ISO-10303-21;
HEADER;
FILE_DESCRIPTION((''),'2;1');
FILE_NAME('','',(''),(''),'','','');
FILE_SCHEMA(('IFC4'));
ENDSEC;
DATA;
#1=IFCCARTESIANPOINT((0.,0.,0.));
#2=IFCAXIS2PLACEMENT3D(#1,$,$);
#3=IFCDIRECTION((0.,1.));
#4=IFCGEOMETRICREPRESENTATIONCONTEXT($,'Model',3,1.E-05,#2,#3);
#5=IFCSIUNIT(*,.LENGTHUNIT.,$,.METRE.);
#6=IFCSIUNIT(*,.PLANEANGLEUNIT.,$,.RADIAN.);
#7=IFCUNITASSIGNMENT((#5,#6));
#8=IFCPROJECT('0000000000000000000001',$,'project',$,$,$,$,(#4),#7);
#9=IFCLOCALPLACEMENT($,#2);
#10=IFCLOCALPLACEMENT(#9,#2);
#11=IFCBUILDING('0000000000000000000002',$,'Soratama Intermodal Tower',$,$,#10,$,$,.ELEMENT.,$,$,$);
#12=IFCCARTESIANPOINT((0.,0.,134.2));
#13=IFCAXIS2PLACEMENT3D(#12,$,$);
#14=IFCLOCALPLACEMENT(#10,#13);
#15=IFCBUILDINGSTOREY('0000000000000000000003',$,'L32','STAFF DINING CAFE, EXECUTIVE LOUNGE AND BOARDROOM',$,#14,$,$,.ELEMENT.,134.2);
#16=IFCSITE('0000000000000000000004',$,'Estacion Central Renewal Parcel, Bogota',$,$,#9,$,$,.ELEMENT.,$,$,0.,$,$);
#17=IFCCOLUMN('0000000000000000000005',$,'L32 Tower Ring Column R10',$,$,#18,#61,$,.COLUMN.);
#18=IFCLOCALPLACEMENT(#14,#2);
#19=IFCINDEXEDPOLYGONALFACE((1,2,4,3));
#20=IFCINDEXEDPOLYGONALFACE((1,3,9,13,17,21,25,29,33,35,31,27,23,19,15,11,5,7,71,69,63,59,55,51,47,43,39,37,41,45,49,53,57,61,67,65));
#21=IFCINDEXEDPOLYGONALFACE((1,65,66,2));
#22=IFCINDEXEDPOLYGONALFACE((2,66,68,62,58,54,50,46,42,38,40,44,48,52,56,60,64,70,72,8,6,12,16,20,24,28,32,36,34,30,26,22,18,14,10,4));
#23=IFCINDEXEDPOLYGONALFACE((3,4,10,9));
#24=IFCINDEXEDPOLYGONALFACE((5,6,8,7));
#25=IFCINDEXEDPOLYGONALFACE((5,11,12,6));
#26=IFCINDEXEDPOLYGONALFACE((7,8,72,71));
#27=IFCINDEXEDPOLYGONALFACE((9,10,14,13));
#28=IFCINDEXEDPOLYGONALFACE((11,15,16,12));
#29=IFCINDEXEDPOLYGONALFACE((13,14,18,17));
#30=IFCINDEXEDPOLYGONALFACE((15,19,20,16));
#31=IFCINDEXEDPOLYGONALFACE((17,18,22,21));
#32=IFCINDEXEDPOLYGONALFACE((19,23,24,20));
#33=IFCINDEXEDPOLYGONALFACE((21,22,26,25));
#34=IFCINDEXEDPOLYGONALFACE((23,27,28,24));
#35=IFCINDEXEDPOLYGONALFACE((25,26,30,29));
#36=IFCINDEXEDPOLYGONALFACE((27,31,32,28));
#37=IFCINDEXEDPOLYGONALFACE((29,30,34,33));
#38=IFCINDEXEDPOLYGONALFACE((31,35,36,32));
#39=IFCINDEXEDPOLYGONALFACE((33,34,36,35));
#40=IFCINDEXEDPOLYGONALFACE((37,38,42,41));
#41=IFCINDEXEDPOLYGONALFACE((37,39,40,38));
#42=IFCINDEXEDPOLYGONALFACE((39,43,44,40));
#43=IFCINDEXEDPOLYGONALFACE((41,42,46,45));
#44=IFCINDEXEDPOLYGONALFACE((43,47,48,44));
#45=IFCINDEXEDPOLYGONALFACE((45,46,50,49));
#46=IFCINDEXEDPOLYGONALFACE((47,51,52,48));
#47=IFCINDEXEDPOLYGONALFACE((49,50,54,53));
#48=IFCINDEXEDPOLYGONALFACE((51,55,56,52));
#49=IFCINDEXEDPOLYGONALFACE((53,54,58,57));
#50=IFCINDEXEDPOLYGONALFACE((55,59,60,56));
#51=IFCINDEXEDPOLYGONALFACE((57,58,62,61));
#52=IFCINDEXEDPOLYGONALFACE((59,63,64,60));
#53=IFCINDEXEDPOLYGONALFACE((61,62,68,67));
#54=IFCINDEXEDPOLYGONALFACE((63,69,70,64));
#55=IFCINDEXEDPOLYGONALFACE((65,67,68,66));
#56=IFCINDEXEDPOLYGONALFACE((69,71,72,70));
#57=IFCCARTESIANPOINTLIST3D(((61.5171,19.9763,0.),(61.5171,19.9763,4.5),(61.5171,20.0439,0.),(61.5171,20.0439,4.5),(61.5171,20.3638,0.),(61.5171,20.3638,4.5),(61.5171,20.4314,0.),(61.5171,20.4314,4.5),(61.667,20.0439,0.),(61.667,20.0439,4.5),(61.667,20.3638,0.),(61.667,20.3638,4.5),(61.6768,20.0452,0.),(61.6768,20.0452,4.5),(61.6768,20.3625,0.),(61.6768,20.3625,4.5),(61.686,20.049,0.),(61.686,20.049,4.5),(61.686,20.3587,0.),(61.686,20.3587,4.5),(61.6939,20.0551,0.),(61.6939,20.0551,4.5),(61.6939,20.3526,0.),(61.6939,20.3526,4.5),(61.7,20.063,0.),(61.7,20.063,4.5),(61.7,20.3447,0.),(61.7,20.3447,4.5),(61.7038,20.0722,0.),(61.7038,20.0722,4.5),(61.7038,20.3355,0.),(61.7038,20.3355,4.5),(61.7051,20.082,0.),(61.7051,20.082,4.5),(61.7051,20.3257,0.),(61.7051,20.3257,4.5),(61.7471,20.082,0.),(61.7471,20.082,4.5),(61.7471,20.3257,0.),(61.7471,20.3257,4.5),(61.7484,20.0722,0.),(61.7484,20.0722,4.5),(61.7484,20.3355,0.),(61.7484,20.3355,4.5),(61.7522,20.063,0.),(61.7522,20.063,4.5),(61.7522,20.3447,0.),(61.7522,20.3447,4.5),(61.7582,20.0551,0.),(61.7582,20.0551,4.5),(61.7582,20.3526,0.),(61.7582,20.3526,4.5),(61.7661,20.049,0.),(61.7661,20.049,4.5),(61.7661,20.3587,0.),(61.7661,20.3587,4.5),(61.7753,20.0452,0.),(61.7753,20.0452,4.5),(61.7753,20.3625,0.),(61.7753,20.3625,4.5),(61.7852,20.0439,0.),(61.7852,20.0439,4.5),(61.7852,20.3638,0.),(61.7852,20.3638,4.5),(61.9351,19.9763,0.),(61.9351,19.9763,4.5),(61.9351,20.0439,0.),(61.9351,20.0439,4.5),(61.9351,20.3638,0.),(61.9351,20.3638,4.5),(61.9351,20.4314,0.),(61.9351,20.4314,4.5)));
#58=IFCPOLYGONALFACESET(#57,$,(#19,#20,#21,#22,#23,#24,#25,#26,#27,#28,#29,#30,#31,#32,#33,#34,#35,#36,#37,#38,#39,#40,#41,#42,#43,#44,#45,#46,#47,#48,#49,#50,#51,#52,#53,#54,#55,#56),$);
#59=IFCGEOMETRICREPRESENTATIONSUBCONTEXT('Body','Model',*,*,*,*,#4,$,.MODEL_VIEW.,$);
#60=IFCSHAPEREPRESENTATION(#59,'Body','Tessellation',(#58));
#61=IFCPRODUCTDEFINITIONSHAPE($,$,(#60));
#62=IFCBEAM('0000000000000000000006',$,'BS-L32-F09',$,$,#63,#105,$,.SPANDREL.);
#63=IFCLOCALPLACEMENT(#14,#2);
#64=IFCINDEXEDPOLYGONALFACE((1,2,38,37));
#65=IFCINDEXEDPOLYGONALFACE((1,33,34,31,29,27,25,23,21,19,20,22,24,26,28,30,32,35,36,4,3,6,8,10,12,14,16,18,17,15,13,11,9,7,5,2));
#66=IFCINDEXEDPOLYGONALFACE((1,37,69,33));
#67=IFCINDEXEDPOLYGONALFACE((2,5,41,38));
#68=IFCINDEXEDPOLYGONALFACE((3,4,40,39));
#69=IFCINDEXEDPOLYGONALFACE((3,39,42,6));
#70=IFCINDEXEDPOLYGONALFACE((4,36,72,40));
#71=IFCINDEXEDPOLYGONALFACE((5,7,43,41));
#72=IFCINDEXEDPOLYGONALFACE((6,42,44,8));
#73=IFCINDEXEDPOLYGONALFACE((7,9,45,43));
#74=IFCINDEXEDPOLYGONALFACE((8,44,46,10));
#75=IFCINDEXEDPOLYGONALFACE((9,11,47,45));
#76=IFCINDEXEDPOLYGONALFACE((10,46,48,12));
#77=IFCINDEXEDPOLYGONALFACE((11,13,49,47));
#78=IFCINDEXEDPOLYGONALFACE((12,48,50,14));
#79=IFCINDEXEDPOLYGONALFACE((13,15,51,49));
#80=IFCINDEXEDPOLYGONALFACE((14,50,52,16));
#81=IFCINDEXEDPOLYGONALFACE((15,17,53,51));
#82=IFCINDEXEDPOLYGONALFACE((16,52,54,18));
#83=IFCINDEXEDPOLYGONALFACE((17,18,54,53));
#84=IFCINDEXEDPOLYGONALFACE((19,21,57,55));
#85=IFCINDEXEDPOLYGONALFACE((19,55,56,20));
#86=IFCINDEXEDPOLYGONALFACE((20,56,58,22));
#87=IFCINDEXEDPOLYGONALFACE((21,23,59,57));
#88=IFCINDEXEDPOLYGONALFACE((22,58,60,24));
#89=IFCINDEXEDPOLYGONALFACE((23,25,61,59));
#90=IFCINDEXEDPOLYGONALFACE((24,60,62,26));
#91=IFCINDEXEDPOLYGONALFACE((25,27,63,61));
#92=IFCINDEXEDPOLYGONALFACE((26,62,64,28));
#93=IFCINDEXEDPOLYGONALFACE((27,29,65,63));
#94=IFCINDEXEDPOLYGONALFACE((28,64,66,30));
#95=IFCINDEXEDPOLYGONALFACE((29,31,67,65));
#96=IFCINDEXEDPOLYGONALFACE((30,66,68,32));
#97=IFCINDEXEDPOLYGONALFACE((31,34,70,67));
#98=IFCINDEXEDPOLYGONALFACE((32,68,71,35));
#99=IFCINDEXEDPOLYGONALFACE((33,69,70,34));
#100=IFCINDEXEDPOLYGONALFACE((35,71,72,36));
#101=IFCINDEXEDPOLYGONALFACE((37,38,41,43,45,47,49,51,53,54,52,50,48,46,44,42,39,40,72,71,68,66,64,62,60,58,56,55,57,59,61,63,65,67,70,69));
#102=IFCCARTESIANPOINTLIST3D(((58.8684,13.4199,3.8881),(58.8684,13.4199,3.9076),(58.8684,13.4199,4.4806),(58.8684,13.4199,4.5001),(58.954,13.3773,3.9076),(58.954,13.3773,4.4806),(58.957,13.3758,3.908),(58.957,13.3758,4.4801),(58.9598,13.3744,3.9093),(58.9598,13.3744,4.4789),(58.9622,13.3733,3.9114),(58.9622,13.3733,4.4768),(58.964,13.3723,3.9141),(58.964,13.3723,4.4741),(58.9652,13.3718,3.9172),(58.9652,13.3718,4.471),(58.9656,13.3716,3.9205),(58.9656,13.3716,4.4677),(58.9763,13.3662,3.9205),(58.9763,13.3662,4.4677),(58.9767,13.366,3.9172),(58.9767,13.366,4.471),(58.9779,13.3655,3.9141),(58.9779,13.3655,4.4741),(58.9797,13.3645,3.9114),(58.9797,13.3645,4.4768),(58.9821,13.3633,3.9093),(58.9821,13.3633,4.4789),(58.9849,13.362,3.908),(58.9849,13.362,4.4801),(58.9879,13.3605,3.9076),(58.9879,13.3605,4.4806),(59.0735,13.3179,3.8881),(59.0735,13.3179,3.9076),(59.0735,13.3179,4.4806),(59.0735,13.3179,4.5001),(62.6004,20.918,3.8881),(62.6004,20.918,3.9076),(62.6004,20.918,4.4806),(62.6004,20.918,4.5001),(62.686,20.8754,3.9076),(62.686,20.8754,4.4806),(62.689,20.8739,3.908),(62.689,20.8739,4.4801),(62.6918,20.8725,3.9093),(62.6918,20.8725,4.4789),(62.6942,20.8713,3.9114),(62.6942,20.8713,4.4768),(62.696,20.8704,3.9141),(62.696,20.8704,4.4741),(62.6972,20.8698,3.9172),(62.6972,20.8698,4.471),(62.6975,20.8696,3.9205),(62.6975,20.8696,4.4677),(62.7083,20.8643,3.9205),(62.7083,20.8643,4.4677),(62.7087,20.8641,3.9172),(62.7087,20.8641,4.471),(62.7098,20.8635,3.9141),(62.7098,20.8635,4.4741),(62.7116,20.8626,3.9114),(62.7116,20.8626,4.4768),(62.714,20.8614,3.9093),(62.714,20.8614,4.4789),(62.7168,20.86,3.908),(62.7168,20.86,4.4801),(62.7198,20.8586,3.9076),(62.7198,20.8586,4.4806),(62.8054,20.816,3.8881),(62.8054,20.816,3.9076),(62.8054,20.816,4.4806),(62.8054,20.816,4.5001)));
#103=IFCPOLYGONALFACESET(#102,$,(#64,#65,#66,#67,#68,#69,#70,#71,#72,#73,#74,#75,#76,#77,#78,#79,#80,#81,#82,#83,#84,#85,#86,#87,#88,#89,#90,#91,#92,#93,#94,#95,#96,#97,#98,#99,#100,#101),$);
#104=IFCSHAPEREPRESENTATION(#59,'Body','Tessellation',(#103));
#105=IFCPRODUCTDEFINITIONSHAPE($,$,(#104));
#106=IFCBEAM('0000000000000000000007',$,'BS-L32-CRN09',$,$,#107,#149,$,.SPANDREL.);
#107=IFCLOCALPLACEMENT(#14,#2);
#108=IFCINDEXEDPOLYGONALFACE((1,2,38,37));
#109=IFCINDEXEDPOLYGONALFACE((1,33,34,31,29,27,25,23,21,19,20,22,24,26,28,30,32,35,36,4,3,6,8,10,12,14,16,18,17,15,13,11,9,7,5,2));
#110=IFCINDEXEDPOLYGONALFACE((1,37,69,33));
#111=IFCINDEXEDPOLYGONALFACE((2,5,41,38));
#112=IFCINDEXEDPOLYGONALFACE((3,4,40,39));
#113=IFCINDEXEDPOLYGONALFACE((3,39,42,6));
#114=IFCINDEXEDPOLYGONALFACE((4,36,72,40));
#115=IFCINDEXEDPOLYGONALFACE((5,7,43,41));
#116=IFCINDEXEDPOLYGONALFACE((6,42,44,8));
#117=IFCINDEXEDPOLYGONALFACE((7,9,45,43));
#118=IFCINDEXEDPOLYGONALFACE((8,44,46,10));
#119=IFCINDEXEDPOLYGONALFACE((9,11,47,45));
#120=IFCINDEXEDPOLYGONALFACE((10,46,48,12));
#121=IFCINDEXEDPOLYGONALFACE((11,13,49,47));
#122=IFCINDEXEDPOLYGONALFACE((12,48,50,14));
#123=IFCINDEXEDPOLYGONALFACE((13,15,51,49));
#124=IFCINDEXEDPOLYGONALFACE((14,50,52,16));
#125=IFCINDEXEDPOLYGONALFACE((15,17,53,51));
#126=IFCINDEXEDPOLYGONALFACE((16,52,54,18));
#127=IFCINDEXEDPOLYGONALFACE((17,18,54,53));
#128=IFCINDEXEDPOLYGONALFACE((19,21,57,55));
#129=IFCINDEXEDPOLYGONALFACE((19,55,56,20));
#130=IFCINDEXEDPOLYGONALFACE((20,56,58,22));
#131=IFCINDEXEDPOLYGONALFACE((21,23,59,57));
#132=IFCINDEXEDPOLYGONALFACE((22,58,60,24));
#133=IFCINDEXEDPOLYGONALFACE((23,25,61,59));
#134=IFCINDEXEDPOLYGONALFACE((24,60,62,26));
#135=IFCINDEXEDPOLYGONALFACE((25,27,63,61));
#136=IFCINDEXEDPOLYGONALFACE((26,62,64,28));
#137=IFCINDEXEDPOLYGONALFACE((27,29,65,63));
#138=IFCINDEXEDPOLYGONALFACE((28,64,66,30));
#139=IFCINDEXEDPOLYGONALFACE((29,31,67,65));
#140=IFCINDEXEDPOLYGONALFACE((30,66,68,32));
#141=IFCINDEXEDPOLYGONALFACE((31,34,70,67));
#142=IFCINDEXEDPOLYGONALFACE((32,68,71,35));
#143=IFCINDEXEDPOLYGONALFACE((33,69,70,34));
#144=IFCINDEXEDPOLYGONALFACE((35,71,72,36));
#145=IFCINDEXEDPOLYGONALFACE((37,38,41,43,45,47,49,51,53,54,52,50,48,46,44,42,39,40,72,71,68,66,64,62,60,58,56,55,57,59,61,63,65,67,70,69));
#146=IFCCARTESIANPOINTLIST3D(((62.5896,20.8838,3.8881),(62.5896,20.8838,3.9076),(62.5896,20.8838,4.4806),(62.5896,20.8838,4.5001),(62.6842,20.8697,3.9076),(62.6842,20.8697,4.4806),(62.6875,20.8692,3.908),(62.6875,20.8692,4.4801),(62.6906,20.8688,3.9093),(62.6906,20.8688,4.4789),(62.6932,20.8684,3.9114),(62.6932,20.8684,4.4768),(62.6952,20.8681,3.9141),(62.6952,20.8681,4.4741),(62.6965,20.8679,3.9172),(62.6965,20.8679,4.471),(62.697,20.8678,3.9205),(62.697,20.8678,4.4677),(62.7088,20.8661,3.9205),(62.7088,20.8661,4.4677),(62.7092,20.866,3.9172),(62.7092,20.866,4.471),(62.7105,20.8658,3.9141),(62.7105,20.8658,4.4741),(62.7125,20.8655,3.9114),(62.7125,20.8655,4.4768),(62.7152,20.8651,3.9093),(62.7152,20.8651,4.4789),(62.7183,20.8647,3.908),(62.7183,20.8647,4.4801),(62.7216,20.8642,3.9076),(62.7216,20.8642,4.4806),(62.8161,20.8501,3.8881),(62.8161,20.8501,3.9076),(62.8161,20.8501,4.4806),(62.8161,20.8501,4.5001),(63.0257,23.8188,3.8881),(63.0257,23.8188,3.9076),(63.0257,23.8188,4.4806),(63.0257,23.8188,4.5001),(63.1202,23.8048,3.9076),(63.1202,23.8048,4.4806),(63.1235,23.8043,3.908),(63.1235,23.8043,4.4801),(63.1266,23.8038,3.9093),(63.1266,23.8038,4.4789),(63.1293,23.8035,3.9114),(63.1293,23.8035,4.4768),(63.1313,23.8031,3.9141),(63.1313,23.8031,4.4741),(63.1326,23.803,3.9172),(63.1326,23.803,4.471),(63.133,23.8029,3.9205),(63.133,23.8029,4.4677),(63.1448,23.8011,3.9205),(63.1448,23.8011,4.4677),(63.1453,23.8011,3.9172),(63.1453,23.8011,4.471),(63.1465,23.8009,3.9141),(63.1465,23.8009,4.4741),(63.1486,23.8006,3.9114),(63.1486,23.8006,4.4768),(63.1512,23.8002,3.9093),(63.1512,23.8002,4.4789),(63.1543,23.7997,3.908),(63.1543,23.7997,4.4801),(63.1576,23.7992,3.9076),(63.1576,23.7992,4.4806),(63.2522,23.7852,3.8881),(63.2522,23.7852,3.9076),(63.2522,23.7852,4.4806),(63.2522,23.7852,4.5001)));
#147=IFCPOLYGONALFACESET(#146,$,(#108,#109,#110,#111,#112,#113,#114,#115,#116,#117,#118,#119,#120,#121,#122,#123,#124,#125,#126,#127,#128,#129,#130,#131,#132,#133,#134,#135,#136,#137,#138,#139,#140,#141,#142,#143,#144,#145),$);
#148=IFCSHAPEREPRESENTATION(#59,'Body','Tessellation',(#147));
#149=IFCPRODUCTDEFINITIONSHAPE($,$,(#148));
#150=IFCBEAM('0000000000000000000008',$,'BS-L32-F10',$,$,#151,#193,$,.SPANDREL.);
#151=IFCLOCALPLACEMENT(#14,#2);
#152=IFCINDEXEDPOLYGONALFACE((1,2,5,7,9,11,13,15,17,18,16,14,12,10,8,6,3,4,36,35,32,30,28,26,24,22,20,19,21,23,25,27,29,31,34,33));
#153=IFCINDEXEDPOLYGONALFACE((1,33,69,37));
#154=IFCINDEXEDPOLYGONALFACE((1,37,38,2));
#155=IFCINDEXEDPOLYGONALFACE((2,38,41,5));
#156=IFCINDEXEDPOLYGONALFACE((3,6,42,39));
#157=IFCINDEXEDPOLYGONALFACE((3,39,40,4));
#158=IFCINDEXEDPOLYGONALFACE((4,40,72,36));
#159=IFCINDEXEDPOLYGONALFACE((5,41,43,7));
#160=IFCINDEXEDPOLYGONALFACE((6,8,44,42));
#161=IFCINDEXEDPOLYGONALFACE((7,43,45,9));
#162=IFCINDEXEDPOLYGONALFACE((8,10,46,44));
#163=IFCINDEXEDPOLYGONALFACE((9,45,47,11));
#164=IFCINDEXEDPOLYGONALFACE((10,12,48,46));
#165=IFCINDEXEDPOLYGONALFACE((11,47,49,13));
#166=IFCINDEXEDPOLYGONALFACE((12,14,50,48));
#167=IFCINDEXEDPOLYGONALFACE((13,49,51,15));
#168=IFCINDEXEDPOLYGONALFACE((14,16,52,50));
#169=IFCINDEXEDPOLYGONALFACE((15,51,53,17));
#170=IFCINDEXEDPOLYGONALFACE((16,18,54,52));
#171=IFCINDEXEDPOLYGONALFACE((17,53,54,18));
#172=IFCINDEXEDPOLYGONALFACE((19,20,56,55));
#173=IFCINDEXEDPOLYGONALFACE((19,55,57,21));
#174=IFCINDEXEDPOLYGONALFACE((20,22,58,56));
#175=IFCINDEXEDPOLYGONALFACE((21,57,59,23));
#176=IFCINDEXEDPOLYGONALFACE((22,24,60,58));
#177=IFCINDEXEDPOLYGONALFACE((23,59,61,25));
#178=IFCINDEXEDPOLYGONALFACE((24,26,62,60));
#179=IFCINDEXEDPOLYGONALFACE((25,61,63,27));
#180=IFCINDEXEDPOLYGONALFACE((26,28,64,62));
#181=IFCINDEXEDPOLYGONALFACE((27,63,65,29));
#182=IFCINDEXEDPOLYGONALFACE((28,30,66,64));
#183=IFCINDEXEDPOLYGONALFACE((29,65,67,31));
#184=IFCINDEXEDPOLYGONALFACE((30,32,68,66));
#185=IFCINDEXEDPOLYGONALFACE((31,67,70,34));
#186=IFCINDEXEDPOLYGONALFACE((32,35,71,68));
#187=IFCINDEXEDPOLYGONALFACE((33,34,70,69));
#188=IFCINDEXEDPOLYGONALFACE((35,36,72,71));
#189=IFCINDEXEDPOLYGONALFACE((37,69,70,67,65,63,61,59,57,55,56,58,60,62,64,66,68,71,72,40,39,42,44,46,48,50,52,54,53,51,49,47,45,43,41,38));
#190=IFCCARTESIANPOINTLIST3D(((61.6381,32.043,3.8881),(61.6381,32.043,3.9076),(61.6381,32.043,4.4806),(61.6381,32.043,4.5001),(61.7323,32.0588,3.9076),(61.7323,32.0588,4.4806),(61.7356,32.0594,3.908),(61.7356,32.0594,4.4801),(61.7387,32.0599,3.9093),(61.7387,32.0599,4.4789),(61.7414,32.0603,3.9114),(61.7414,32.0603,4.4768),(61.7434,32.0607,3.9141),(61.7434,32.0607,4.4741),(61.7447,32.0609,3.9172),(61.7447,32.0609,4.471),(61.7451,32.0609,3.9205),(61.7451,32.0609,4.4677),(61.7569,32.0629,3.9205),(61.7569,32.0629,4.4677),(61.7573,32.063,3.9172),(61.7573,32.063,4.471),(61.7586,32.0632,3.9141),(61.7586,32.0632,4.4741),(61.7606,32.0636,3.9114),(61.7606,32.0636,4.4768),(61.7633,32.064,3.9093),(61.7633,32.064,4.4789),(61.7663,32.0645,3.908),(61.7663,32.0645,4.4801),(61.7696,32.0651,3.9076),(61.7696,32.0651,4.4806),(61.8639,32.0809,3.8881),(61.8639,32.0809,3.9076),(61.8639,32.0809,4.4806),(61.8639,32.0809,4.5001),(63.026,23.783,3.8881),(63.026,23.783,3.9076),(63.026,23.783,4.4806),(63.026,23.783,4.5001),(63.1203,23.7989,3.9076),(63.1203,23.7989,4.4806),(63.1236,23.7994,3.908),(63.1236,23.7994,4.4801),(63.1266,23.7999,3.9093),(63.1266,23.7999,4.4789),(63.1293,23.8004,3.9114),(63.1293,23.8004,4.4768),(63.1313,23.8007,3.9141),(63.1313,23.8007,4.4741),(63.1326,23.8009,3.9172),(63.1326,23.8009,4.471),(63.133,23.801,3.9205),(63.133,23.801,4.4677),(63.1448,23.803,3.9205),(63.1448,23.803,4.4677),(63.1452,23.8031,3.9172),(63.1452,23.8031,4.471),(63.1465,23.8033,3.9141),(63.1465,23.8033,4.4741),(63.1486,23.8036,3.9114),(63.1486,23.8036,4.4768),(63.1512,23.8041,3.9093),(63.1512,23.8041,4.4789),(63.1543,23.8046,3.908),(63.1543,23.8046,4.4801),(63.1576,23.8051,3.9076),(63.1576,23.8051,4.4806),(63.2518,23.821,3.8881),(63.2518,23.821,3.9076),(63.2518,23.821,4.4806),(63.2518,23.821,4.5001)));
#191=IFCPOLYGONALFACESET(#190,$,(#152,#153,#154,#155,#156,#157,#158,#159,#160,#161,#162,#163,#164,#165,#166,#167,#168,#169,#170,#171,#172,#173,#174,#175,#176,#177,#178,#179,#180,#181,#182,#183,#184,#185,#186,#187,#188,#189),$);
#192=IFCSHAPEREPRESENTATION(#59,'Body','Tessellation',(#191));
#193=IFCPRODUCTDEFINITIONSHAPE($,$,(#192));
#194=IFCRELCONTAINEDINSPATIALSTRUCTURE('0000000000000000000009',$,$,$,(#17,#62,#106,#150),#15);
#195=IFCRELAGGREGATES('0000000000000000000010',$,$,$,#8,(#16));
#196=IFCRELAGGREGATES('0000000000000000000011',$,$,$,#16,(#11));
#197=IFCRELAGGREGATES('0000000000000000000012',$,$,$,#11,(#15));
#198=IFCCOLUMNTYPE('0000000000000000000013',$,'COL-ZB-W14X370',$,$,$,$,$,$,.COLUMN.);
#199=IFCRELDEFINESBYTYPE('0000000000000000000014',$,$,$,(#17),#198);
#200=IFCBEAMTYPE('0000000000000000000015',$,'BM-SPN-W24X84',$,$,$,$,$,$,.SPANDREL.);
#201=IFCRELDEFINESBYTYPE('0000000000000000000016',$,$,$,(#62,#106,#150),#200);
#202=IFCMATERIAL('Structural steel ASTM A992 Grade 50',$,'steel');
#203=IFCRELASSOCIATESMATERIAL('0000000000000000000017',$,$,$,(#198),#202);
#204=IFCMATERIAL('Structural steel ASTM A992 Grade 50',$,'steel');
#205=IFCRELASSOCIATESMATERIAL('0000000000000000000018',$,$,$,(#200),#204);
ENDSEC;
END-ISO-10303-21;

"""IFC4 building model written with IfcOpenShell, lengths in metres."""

from ifc_helpers import new_model, si_unit, direction, frame, origin, origin_2d, place, context, subcontext, project, spatial, i_section, extrude, material, material_profile, profile_set, type_object, element, save


model = new_model("IFC4")

# Units and contexts
model_context = context("Model", 3, precision=1e-05, world=origin(), true_north=direction((0.0, 1.0)))
body_context = subcontext(model_context, "Body", "Model", "MODEL_VIEW")
ifc_project = project(units=[si_unit("LENGTHUNIT", "METRE"), si_unit("PLANEANGLEUNIT", "RADIAN")], contexts=[model_context])

# Site, building, storey
site_placement = place(None, origin())
site = spatial("IfcSite", under=ifc_project, at=site_placement, Name="Estacion Central Renewal Parcel, Bogota", CompositionType="ELEMENT", RefElevation=0.0)
building_placement = place(site_placement, origin())
building = spatial("IfcBuilding", under=site, at=building_placement, Name="Soratama Intermodal Tower", CompositionType="ELEMENT")
storey_placement = place(building_placement, frame((0.0, 0.0, 134.2)))
storey = spatial("IfcBuildingStorey", under=building, at=storey_placement, Name="L32", Description="STAFF DINING CAFE, EXECUTIVE LOUNGE AND BOARDROOM", CompositionType="ELEMENT", Elevation=134.2)

# Column
ifc_material_1 = material(Name="Structural steel ASTM A992 Grade 50", Category="steel")
ifc_material_profile_1 = material_profile(ifc_material_1, i_section(OverallWidth=0.418, OverallDepth=0.4551, WebThickness=0.042, FlangeThickness=0.0676, FilletRadius=0.0381, at=origin_2d()), Name="W14X370")
ifc_profile_set_1 = profile_set([ifc_material_profile_1], Name="Structural steel ASTM A992 Grade 50")
column_type = type_object("IfcColumnType", Name="COL-ZB-W14X370", PredefinedType="COLUMN", material=ifc_profile_set_1)
column_placement = place(storey_placement, frame((61.7261, 20.2039, 0.0), z_axis=(0.0, 0.0, 1.0), x_axis=(1.0, 0.0, 0.0)))
element("IfcColumn", 1, at=column_placement, inside=storey, type_object=column_type, Name="L32 Tower Ring Column R10", PredefinedType="COLUMN", context=body_context, shape_type="SweptSolid", body=[
    extrude(i_section(OverallWidth=0.418, OverallDepth=0.4551, WebThickness=0.042, FlangeThickness=0.0676, FilletRadius=0.0381, at=origin_2d()), origin(), (0.0, 0.0, 1.0), 4.5),
])

# Beams
ifc_material_2 = material(Name="Structural steel ASTM A992 Grade 50", Category="steel")
ifc_material_profile_2 = material_profile(ifc_material_2, i_section(OverallWidth=0.229, OverallDepth=0.6121, WebThickness=0.012, FlangeThickness=0.0195, FilletRadius=0.0129, at=origin_2d()), Name="W24X84")
ifc_profile_set_2 = profile_set([ifc_material_profile_2], Name="Structural steel ASTM A992 Grade 50")
beam_type_1 = type_object("IfcBeamType", Name="BM-SPN-W24X84", PredefinedType="SPANDREL", material=ifc_profile_set_2)
beam_1_placement = place(storey_placement, frame((58.9709, 13.3689, 4.1941), z_axis=(0.44558, 0.895242, 0.0), x_axis=(-0.895242, 0.44558, 0.0)))
element("IfcBeam", 2, at=beam_1_placement, inside=storey, type_object=beam_type_1, Name="BS-L32-F09", PredefinedType="SPANDREL", context=body_context, shape_type="SweptSolid", body=[
    extrude(i_section(OverallWidth=0.229, OverallDepth=0.6121, WebThickness=0.012, FlangeThickness=0.0195, FilletRadius=0.0129, at=origin_2d()), origin(), (0.0, 0.0, 1.0), 8.3755),
])
beam_2_placement = place(storey_placement, frame((62.7029, 20.8669, 4.1941), z_axis=(0.146948, 0.989144, 0.0), x_axis=(-0.989144, 0.146948, 0.0)))
element("IfcBeam", 3, at=beam_2_placement, inside=storey, type_object=beam_type_1, Name="BS-L32-CRN09", PredefinedType="SPANDREL", context=body_context, shape_type="SweptSolid", body=[
    extrude(i_section(OverallWidth=0.229, OverallDepth=0.6121, WebThickness=0.012, FlangeThickness=0.0195, FilletRadius=0.0129, at=origin_2d()), origin(), (0.0, 0.0, 1.0), 2.9673),
])
beam_3_placement = place(storey_placement, frame((63.1389, 23.802, 4.1941), z_axis=(-0.165708, 0.986175, 0.0), x_axis=(-0.986175, -0.165708, 0.0)))
element("IfcBeam", 4, at=beam_3_placement, inside=storey, type_object=beam_type_1, Name="BS-L32-F10", PredefinedType="SPANDREL", context=body_context, shape_type="SweptSolid", body=[
    extrude(i_section(OverallWidth=0.229, OverallDepth=0.6121, WebThickness=0.012, FlangeThickness=0.0195, FilletRadius=0.0129, at=origin_2d()), origin(), (0.0, 0.0, 1.0), 8.3757),
])

save(model, "model.ifc")
